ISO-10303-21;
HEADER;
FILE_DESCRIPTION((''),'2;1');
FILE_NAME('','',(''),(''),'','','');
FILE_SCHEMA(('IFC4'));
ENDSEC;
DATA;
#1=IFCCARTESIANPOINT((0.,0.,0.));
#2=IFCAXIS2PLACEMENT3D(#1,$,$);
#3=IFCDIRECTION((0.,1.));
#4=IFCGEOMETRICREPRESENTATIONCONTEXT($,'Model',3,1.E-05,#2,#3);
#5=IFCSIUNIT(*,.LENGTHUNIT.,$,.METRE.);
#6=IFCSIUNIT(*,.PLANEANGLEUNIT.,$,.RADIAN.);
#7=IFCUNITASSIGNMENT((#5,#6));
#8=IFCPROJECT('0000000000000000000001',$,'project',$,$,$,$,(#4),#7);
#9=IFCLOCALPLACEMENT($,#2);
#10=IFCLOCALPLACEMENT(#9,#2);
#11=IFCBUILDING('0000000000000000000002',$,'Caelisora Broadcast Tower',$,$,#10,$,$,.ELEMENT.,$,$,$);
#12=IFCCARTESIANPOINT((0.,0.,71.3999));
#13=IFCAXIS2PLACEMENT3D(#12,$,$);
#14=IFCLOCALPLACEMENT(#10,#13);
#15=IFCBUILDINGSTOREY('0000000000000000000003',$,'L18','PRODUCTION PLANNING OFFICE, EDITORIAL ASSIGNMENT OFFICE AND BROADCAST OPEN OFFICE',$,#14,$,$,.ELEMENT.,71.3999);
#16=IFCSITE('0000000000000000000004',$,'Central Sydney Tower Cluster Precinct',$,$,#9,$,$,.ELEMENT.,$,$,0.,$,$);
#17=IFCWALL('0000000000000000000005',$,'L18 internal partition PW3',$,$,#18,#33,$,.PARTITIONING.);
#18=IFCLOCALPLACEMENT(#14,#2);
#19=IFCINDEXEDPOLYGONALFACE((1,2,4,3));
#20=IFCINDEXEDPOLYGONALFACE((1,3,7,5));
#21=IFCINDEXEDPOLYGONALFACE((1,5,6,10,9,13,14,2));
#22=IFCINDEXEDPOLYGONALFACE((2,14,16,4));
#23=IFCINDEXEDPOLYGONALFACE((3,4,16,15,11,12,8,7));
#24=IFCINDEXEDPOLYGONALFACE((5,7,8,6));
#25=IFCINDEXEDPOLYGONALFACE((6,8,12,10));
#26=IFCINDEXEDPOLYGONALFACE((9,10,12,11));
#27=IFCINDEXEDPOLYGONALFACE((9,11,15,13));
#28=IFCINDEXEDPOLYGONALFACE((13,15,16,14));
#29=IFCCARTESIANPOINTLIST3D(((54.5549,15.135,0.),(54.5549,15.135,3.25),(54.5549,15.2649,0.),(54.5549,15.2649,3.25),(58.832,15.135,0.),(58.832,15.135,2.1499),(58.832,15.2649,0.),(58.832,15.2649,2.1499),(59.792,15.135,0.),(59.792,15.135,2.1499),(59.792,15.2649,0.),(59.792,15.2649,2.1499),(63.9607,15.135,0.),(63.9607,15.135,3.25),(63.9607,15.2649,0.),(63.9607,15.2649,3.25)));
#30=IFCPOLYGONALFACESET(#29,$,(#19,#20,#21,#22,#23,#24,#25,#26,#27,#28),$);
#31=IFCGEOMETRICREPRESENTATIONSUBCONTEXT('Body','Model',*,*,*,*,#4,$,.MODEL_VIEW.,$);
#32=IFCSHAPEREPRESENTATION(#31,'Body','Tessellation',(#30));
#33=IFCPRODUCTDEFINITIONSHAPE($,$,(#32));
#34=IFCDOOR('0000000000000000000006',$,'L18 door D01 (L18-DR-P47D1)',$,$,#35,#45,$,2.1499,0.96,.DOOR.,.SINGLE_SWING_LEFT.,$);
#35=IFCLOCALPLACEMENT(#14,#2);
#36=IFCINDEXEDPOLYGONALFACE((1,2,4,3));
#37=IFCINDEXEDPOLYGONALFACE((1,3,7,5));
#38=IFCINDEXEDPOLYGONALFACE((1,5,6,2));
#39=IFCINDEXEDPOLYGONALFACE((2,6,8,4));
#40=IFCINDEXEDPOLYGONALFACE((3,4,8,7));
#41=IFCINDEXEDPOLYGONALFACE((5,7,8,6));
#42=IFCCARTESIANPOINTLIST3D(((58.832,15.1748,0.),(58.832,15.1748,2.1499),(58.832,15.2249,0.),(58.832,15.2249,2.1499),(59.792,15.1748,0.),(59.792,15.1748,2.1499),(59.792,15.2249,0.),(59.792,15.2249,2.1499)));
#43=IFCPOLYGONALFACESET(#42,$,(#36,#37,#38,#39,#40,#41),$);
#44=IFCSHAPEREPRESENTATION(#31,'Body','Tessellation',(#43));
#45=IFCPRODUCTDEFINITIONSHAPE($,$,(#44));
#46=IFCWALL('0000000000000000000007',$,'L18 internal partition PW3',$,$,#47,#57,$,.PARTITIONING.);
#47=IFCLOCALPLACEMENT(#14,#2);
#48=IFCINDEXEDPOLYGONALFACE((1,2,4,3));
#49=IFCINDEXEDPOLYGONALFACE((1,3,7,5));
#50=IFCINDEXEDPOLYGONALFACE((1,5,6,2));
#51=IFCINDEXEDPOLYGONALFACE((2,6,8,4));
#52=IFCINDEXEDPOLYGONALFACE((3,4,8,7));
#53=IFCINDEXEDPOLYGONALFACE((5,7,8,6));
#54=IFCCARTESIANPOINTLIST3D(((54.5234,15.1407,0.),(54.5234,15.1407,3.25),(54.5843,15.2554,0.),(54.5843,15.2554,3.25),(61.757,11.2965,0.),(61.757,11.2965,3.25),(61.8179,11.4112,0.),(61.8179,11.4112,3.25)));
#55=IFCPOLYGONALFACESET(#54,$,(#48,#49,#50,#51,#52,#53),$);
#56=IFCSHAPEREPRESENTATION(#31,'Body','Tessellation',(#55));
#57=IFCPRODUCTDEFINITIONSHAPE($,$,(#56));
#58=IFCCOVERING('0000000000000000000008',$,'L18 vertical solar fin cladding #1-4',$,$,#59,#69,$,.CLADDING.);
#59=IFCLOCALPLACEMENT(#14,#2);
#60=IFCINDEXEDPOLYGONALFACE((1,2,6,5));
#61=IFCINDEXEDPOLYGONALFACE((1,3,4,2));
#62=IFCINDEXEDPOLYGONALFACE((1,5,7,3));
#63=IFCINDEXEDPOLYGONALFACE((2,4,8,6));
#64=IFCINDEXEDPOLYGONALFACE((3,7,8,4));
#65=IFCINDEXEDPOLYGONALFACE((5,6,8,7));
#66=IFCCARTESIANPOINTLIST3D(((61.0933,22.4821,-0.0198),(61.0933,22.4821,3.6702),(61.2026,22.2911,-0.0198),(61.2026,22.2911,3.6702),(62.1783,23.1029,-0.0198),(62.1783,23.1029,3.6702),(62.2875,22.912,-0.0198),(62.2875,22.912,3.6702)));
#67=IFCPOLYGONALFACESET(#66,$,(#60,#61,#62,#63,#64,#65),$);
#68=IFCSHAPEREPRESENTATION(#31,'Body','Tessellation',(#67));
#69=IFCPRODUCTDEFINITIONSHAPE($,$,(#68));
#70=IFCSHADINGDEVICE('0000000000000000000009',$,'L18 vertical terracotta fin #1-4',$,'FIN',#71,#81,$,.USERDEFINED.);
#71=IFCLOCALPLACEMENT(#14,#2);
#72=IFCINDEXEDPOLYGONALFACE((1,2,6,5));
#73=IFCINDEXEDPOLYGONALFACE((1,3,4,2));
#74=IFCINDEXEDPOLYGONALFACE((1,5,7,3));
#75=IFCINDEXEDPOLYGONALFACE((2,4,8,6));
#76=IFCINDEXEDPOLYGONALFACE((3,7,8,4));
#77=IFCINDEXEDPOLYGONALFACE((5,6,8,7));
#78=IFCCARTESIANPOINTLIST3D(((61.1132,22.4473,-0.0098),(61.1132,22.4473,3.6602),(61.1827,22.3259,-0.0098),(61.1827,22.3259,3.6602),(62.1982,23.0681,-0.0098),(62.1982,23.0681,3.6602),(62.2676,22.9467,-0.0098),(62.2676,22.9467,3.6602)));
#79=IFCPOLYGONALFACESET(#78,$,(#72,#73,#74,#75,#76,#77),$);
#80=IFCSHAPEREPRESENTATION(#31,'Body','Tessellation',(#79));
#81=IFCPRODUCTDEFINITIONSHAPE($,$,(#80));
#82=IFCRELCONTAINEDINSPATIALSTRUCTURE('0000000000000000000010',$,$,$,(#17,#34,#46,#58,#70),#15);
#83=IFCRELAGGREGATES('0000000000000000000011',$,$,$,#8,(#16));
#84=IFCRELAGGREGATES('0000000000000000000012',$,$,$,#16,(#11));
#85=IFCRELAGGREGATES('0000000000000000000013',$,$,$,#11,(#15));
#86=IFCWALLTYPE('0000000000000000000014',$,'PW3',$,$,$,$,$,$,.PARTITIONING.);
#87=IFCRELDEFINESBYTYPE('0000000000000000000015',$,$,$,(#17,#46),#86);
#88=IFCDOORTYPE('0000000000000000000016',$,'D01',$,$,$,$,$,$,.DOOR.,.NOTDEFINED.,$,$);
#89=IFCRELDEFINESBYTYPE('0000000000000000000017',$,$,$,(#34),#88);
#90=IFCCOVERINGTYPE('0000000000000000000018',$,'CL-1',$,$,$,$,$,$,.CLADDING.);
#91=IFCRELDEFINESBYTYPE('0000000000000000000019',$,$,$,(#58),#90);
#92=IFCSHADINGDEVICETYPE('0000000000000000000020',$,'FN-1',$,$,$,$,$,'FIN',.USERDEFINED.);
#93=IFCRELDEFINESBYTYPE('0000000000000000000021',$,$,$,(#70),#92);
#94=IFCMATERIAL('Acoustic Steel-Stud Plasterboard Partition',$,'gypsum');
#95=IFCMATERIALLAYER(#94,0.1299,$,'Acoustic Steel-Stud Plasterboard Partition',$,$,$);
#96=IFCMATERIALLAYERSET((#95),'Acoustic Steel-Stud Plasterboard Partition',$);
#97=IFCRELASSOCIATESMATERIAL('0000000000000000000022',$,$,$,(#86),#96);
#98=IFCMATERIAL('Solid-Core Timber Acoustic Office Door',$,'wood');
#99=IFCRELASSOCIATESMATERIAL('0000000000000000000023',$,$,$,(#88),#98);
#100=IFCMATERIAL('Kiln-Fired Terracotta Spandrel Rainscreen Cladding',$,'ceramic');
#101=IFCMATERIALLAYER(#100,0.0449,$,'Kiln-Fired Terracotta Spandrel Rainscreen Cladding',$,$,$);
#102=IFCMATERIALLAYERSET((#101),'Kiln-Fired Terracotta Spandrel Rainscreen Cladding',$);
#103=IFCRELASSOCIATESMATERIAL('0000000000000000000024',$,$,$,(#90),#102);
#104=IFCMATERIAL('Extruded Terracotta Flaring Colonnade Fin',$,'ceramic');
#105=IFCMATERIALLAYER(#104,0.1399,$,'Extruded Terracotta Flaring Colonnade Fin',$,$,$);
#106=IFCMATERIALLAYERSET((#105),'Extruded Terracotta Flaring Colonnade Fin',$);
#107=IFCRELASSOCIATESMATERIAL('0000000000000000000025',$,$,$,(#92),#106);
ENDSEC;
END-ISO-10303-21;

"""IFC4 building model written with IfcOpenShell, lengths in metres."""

from ifc_helpers import new_model, si_unit, direction, frame, frame_2d, origin, origin_2d, place, context, subcontext, project, spatial, rectangle, extrude, source, transform, mapped, material, layer, layer_set, type_object, type_shapes, element, fill, save


model = new_model("IFC4")

# Units and contexts
model_context = context("Model", 3, precision=1e-05, world=origin(), true_north=direction((0.0, 1.0)))
body_context = subcontext(model_context, "Body", "Model", "MODEL_VIEW")
ifc_project = project(units=[si_unit("LENGTHUNIT", "METRE"), si_unit("PLANEANGLEUNIT", "RADIAN")], contexts=[model_context])

# Site, building, storey
site_placement = place(None, origin())
site = spatial("IfcSite", under=ifc_project, at=site_placement, Name="Central Sydney Tower Cluster Precinct", CompositionType="ELEMENT", RefElevation=0.0)
building_placement = place(site_placement, origin())
building = spatial("IfcBuilding", under=site, at=building_placement, Name="Caelisora Broadcast Tower", CompositionType="ELEMENT")
storey_placement = place(building_placement, frame((0.0, 0.0, 71.3999)))
storey = spatial("IfcBuildingStorey", under=building, at=storey_placement, Name="L18", Description="PRODUCTION PLANNING OFFICE, EDITORIAL ASSIGNMENT OFFICE AND BROADCAST OPEN OFFICE", CompositionType="ELEMENT", Elevation=71.3999)

# Wall, opening, door
ifc_material_1 = material(Name="Acoustic Steel-Stud Plasterboard Partition", Category="gypsum")
ifc_layer_1 = layer(ifc_material_1, 0.1299, Name="Acoustic Steel-Stud Plasterboard Partition")
ifc_layer_set_1 = layer_set([ifc_layer_1], Name="Acoustic Steel-Stud Plasterboard Partition")
wall_type_1 = type_object("IfcWallType", Name="PW3", PredefinedType="PARTITIONING", material=ifc_layer_set_1)
wall_1_placement = place(storey_placement, frame((54.5549, 15.2, 0.0), z_axis=(0.0, 0.0, 1.0), x_axis=(1.0, 0.0, 0.0)))
wall_1 = element("IfcWall", 1, at=wall_1_placement, inside=storey, type_object=wall_type_1, Name="L18 internal partition PW3", PredefinedType="PARTITIONING", context=body_context, shape_type="SweptSolid", body=[
    extrude(rectangle(XDim=9.4058, YDim=0.1299, at=frame_2d((4.7029, 0.0))), origin(), (0.0, 0.0, 1.0), 3.25),
])
opening_1_placement = place(wall_1_placement, frame((4.2771, 0.0, 0.0)))
opening_1 = element("IfcOpeningElement", 2, at=opening_1_placement, cuts=wall_1, PredefinedType="OPENING", context=body_context, shape_type="SweptSolid", body=[
    extrude(rectangle(XDim=0.96, YDim=2.1499, at=frame_2d((0.48, 1.075))), frame((0.0, 0.0769, 0.0), z_axis=(0.0, -1.0, 0.0), x_axis=(1.0, 0.0, 0.0)), (0.0, 0.0, 1.0), 0.1538),
])
ifc_material_2 = material(Name="Solid-Core Timber Acoustic Office Door", Category="wood")
door_type = type_object("IfcDoorType", Name="D01", OperationType="NOTDEFINED", PredefinedType="DOOR", material=ifc_material_2)
door_1_placement = place(opening_1_placement, origin())
door_1 = element("IfcDoor", 3, at=door_1_placement, inside=storey, type_object=door_type, Name="L18 door D01 (L18-DR-P47D1)", OperationType="SINGLE_SWING_LEFT", OverallHeight=2.1499, OverallWidth=0.96, PredefinedType="DOOR", context=body_context, shape_type="SweptSolid", body=[
    extrude(rectangle(XDim=0.96, YDim=2.1499, at=frame_2d((0.48, 1.075))), frame((0.0, 0.0249, 0.0), z_axis=(0.0, -1.0, 0.0), x_axis=(1.0, 0.0, 0.0)), (0.0, 0.0, 1.0), 0.05),
])
fill(opening_1, door_1)

# Wall
wall_2_placement = place(storey_placement, frame((54.554, 15.198, 0.0), z_axis=(0.0, 0.0, 1.0), x_axis=(0.883047, -0.469285, 0.0)))
element("IfcWall", 4, at=wall_2_placement, inside=storey, type_object=wall_type_1, Name="L18 internal partition PW3", PredefinedType="PARTITIONING", context=body_context, shape_type="SweptSolid", body=[
    extrude(rectangle(XDim=8.1917, YDim=0.1299, at=frame_2d((4.0957, 0.0))), origin(), (0.0, 0.0, 1.0), 3.25),
])

# Covering
ifc_material_3 = material(Name="Kiln-Fired Terracotta Spandrel Rainscreen Cladding", Category="ceramic")
ifc_layer_2 = layer(ifc_material_3, 0.0449, Name="Kiln-Fired Terracotta Spandrel Rainscreen Cladding")
ifc_layer_set_2 = layer_set([ifc_layer_2], Name="Kiln-Fired Terracotta Spandrel Rainscreen Cladding")
covering_type = type_object("IfcCoveringType", Name="CL-1", PredefinedType="CLADDING", material=ifc_layer_set_2)
shared_shape_1 = source(origin(), body_context, "Body", "SweptSolid", [
    extrude(rectangle(XDim=0.22, YDim=1.25, at=origin_2d()), origin(), (0.0, 0.0, 1.0), 3.6899),
])
type_shapes(covering_type, [shared_shape_1])
covering_placement = place(storey_placement, frame((61.6904, 22.697, -0.0198), z_axis=(0.0, 0.0, 1.0), x_axis=(0.496671, -0.867939, 0.0)))
element("IfcCovering", 5, at=covering_placement, inside=storey, type_object=covering_type, Name="L18 vertical solar fin cladding #1-4", PredefinedType="CLADDING", context=body_context, shape_type="MappedRepresentation", body=[
    mapped(shared_shape_1, transform((0.0, 0.0, 0.0), scale=1.0)),
])

# Shading device
ifc_material_4 = material(Name="Extruded Terracotta Flaring Colonnade Fin", Category="ceramic")
ifc_layer_3 = layer(ifc_material_4, 0.1399, Name="Extruded Terracotta Flaring Colonnade Fin")
ifc_layer_set_3 = layer_set([ifc_layer_3], Name="Extruded Terracotta Flaring Colonnade Fin")
shading_device_type = type_object("IfcShadingDeviceType", Name="FN-1", ElementType="FIN", PredefinedType="USERDEFINED", material=ifc_layer_set_3)
shared_shape_2 = source(origin(), body_context, "Body", "SweptSolid", [
    extrude(rectangle(XDim=0.1399, YDim=1.25, at=origin_2d()), origin(), (0.0, 0.0, 1.0), 3.6699),
])
type_shapes(shading_device_type, [shared_shape_2])
shading_device_placement = place(storey_placement, frame((61.6904, 22.697, -0.0098), z_axis=(0.0, 0.0, 1.0), x_axis=(0.496671, -0.867939, 0.0)))
element("IfcShadingDevice", 6, at=shading_device_placement, inside=storey, type_object=shading_device_type, Name="L18 vertical terracotta fin #1-4", ObjectType="FIN", PredefinedType="USERDEFINED", context=body_context, shape_type="MappedRepresentation", body=[
    mapped(shared_shape_2, transform((0.0, 0.0, 0.0), scale=1.0)),
])

save(model, "model.ifc")
